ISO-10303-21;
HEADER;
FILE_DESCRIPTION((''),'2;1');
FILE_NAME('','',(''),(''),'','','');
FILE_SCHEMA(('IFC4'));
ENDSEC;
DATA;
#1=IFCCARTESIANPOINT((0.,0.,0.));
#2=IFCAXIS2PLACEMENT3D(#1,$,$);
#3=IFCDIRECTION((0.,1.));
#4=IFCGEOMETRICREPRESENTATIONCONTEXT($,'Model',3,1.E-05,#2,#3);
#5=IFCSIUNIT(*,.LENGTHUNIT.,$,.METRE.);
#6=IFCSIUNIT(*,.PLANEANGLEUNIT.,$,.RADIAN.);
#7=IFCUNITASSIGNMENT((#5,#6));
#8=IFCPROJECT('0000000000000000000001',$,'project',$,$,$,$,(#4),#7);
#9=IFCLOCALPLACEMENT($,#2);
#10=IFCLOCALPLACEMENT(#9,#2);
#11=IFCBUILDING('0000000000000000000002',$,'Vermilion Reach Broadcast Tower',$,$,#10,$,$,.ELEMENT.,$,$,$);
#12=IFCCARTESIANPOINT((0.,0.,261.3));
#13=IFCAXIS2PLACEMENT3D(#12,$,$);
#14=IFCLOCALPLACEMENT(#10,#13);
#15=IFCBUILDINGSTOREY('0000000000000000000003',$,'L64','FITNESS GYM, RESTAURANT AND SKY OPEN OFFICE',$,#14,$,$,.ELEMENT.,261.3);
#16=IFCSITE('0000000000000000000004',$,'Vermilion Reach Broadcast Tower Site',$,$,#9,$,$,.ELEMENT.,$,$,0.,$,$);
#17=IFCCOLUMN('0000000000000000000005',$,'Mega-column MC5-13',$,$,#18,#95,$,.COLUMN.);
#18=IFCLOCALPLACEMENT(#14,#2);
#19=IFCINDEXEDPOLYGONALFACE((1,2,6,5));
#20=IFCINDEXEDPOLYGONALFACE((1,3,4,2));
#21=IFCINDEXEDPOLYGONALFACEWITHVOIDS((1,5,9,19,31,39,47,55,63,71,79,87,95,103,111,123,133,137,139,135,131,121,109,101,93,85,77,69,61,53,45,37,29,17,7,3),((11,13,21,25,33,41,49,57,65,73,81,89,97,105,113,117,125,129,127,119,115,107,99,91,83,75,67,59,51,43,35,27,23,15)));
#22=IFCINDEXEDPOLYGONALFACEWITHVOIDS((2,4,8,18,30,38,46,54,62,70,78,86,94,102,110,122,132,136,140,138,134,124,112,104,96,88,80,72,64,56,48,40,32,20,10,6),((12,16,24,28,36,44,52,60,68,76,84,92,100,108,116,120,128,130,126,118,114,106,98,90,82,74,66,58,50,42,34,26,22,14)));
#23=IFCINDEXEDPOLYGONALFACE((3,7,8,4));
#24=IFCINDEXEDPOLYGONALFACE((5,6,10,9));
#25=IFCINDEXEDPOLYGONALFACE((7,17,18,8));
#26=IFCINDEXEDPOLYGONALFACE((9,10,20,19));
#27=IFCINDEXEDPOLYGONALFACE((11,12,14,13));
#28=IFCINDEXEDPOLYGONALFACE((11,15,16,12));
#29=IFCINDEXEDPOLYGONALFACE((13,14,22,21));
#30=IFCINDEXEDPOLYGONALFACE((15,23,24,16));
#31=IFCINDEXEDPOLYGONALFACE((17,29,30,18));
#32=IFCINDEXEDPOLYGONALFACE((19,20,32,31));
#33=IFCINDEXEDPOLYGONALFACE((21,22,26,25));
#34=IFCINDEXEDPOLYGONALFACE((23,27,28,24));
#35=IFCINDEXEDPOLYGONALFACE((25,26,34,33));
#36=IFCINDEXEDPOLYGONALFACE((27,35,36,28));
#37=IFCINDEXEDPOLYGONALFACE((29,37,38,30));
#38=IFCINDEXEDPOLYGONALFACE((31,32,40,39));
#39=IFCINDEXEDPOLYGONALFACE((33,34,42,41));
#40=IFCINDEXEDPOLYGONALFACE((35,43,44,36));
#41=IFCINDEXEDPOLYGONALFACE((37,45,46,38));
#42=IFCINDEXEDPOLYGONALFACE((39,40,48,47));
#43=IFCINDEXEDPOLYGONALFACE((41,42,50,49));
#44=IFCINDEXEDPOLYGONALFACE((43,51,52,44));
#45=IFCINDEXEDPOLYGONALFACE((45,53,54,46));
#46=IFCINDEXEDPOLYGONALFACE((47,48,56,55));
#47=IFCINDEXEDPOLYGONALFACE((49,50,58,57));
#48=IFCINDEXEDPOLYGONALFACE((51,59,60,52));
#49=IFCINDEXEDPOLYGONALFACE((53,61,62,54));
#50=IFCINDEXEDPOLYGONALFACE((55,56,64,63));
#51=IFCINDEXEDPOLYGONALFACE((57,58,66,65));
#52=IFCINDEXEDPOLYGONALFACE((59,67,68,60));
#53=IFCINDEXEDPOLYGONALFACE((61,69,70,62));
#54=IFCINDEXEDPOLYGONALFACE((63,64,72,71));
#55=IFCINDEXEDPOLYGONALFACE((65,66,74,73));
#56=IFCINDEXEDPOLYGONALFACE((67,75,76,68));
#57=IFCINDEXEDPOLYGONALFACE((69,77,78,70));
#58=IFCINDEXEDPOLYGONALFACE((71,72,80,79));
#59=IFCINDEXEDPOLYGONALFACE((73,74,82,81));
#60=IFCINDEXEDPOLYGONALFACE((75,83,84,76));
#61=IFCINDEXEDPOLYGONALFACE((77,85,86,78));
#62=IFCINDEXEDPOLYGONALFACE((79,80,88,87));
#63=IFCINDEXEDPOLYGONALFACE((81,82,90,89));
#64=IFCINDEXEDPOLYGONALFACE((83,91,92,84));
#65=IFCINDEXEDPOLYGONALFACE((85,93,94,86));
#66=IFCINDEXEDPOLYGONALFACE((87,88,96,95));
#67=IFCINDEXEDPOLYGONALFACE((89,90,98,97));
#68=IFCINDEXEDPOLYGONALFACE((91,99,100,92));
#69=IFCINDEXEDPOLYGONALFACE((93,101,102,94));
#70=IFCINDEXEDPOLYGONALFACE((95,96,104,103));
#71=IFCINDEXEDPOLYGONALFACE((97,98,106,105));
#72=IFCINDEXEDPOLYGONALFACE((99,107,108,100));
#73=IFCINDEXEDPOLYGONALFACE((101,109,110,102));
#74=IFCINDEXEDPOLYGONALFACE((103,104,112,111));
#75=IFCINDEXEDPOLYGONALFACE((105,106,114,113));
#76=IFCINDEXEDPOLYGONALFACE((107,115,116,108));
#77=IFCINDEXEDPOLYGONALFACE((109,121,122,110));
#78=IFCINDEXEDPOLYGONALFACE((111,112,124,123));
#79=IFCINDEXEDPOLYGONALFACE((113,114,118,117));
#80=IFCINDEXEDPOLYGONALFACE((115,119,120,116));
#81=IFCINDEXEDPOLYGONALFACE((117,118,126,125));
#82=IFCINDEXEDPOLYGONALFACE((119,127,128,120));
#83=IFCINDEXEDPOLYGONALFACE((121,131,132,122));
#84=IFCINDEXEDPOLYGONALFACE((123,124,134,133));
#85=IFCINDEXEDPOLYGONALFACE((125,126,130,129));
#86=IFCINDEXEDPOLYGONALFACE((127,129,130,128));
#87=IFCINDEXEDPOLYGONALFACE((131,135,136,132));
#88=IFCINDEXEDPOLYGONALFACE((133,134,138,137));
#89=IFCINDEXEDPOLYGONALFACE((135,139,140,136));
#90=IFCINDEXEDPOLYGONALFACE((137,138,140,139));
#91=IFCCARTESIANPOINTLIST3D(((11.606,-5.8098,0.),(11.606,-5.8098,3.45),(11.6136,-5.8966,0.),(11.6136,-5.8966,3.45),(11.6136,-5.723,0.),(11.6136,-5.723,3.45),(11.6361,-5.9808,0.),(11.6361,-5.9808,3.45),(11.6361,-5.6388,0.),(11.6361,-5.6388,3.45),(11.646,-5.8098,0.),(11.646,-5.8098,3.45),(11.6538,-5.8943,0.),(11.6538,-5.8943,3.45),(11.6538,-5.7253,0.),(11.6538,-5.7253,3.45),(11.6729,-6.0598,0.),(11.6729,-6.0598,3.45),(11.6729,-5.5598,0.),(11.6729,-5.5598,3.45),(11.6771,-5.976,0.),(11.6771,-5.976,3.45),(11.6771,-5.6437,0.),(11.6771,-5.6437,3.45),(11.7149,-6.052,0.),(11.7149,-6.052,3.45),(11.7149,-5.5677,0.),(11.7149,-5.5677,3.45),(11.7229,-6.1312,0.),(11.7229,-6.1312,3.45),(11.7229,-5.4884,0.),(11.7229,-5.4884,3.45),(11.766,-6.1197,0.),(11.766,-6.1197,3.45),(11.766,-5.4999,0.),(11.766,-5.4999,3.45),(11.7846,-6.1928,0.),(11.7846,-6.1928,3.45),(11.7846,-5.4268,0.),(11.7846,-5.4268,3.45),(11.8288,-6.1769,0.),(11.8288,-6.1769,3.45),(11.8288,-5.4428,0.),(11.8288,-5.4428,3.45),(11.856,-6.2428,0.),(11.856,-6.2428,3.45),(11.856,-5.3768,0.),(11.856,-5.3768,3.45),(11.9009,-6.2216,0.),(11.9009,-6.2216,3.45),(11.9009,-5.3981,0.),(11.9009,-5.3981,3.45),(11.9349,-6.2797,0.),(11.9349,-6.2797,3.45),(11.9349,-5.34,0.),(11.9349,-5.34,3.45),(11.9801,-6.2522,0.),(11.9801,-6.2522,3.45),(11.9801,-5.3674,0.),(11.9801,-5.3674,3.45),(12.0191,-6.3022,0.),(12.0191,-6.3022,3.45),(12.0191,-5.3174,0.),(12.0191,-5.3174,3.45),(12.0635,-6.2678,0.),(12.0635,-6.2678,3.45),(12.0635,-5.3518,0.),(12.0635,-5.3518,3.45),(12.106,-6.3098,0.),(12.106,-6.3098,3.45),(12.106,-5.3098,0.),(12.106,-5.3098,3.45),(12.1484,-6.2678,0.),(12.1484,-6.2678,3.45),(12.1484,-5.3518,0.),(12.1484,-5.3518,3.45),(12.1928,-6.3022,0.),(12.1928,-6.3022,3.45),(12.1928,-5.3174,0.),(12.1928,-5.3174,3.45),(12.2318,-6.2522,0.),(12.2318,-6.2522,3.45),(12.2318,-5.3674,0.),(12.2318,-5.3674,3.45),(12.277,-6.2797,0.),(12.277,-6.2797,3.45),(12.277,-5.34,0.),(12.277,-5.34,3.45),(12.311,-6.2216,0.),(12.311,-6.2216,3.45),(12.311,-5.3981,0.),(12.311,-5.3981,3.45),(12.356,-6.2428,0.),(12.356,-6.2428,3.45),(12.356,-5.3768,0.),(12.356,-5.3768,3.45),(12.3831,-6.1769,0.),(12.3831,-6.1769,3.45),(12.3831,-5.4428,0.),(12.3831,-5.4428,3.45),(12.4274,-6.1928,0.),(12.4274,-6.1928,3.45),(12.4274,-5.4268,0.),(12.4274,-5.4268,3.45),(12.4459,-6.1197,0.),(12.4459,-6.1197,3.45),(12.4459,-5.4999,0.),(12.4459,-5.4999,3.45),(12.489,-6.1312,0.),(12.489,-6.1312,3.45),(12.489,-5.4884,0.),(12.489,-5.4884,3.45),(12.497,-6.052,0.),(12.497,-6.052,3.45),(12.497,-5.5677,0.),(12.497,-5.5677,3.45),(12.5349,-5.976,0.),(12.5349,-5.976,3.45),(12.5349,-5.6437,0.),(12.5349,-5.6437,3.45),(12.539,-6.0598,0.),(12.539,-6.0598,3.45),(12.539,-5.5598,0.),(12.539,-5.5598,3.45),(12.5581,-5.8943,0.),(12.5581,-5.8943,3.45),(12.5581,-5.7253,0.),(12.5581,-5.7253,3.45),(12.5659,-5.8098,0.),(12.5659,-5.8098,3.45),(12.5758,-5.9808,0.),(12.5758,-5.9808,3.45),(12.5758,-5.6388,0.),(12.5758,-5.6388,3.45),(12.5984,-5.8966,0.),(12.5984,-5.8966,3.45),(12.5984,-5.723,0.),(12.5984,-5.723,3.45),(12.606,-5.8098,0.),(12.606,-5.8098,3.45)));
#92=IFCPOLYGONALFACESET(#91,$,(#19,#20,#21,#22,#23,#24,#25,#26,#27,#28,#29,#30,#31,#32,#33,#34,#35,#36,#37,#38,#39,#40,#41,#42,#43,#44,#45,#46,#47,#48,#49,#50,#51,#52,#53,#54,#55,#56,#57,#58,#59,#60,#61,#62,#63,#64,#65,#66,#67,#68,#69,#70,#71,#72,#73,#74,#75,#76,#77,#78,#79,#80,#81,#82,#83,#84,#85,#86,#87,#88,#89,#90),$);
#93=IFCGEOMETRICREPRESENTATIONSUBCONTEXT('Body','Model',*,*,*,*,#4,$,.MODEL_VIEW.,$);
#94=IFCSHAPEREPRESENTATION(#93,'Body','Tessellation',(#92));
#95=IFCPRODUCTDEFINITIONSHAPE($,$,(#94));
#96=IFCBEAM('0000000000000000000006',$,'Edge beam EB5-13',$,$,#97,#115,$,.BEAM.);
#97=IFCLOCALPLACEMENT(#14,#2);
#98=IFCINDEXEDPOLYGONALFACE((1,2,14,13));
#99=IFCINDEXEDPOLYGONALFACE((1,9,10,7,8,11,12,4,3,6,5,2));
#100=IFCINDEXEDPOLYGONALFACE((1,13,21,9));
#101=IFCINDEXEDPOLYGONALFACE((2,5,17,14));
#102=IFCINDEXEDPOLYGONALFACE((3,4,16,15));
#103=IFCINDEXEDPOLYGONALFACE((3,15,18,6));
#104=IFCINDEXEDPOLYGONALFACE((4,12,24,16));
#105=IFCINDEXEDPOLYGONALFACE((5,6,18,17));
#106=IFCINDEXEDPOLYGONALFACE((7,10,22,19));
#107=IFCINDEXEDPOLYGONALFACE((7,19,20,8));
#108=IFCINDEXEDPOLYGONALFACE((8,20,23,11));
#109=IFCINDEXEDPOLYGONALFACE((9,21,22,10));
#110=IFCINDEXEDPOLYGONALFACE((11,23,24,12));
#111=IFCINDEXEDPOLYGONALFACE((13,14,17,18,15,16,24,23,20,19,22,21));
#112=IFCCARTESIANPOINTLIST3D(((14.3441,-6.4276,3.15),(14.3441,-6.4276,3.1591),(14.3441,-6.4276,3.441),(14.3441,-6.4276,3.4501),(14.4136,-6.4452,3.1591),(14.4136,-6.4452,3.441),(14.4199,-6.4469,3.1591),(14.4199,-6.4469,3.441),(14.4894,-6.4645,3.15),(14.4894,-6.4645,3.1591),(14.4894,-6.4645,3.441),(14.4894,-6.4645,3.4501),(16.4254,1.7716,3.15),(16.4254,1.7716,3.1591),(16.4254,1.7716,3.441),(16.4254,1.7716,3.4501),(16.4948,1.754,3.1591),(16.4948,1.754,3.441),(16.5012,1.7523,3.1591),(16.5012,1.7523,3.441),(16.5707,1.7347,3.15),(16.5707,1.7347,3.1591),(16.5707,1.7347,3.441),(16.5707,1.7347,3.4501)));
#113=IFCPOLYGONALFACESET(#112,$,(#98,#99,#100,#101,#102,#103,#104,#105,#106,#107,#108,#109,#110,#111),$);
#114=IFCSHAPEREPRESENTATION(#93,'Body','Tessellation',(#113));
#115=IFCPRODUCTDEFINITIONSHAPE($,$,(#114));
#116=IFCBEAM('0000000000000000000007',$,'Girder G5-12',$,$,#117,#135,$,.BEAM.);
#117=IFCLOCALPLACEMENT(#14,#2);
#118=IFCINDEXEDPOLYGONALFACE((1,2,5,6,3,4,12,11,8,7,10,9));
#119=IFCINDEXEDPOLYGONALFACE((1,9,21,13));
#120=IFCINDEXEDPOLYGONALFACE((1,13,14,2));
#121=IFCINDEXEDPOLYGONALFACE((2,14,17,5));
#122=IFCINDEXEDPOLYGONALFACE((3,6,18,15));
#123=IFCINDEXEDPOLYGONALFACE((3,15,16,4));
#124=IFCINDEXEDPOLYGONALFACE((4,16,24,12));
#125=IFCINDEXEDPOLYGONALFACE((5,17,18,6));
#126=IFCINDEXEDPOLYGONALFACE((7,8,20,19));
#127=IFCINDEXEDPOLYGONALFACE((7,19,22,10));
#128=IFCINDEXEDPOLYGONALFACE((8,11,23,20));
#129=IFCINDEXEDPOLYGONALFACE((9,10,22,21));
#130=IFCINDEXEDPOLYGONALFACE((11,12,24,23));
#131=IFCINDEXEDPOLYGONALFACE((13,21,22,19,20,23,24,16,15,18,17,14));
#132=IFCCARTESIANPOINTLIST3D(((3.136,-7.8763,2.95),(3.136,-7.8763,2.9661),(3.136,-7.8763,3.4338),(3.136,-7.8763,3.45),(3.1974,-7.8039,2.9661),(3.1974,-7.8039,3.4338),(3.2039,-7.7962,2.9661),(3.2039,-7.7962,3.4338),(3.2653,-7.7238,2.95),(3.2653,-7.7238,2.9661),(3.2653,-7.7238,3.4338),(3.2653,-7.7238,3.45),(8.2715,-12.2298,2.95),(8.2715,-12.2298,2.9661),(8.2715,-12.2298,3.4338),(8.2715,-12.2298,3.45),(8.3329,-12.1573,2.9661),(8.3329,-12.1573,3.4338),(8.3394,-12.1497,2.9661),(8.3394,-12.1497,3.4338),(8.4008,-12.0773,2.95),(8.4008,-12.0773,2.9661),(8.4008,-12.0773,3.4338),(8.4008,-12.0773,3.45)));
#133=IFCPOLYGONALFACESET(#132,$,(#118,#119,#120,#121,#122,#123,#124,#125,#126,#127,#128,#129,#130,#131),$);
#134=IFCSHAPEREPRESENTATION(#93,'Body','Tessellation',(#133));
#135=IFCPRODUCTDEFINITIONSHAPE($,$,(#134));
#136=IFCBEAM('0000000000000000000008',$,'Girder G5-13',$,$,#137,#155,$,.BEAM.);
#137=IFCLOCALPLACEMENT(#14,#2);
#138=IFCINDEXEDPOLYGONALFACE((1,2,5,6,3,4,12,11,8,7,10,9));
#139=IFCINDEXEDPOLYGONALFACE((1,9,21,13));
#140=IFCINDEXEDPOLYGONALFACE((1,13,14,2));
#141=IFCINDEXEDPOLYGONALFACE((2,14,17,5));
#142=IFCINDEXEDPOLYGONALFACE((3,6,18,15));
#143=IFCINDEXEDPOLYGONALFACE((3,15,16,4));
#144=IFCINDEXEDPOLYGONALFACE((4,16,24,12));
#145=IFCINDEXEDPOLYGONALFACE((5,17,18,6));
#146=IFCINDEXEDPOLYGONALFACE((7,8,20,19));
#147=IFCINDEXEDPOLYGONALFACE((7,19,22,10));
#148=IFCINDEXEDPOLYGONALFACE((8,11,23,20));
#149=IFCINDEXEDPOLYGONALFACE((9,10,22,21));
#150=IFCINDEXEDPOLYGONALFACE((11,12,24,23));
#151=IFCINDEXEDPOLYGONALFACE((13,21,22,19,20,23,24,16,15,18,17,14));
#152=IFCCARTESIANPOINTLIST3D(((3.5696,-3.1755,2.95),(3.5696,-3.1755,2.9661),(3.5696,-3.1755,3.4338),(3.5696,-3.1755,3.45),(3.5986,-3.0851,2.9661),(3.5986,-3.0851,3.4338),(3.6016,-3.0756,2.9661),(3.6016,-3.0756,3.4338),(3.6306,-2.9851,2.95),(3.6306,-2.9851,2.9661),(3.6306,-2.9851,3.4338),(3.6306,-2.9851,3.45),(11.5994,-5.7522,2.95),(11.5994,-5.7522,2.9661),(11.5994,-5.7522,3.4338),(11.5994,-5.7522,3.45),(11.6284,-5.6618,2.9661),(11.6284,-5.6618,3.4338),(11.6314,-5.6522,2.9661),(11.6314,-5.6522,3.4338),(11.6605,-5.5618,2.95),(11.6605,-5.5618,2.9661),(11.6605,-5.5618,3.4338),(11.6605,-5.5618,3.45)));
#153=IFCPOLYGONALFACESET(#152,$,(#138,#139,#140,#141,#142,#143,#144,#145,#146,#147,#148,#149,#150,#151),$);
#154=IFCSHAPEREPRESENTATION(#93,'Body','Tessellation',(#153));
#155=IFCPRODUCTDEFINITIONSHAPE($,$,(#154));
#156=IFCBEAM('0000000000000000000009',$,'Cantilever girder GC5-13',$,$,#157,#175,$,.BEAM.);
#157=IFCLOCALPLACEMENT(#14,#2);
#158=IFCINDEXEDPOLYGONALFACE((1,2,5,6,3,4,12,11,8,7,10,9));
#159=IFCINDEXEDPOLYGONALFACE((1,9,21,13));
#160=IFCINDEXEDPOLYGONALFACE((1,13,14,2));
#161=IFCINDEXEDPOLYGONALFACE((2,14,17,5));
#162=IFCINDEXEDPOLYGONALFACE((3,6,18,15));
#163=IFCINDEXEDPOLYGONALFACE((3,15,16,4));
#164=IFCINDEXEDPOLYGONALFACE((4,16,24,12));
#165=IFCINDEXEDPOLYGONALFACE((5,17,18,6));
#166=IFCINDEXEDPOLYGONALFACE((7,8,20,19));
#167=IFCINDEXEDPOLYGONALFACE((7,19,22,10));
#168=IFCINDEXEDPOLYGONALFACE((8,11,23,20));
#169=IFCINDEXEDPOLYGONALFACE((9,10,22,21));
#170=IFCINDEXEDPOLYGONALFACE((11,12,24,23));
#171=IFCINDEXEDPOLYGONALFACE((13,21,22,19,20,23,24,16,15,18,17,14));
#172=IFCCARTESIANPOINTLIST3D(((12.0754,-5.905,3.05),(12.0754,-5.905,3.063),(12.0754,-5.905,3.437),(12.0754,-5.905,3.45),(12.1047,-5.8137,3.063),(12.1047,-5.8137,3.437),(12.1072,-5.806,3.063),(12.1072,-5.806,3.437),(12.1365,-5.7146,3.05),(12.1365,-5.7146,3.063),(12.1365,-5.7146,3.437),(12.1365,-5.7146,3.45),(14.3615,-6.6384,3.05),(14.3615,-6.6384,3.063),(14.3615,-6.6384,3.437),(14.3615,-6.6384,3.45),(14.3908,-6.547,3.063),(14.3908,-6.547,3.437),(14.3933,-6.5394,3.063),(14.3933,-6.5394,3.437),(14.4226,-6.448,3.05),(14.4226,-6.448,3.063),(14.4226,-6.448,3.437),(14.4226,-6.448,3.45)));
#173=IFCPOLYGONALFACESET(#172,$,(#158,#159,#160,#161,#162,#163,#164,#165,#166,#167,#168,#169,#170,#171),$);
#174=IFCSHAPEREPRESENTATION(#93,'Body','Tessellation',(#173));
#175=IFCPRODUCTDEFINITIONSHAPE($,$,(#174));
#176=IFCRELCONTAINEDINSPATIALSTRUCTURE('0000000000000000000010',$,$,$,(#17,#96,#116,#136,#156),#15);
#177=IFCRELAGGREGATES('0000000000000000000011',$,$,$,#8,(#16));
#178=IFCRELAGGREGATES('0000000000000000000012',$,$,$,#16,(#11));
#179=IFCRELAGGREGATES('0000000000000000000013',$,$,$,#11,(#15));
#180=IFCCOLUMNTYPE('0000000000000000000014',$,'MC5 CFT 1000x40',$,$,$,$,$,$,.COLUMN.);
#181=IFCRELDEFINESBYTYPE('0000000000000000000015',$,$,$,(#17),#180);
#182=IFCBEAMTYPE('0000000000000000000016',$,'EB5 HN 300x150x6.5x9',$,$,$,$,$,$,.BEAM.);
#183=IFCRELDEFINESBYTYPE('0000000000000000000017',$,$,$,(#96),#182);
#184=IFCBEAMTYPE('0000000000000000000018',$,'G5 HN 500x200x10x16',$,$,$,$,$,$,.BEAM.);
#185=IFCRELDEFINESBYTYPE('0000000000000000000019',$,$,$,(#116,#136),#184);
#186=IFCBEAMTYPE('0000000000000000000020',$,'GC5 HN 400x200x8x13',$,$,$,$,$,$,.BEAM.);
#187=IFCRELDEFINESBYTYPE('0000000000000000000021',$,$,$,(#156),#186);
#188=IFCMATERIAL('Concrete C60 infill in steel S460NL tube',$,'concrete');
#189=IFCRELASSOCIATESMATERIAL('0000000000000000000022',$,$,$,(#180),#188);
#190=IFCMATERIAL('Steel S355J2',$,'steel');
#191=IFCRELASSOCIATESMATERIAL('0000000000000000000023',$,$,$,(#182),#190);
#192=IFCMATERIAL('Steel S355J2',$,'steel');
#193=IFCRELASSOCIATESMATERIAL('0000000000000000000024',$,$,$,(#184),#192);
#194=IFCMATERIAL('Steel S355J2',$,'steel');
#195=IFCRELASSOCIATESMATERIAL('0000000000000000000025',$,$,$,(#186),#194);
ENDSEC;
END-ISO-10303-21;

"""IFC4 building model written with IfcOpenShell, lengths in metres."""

from ifc_helpers import new_model, si_unit, direction, frame, origin, origin_2d, place, context, subcontext, project, spatial, hollow_circle, i_section, extrude, material, material_profile, profile_set, type_object, element, save


model = new_model("IFC4")

# Units and contexts
model_context = context("Model", 3, precision=1e-05, world=origin(), true_north=direction((0.0, 1.0)))
body_context = subcontext(model_context, "Body", "Model", "MODEL_VIEW")
ifc_project = project(units=[si_unit("LENGTHUNIT", "METRE"), si_unit("PLANEANGLEUNIT", "RADIAN")], contexts=[model_context])

# Site, building, storey
site_placement = place(None, origin())
site = spatial("IfcSite", under=ifc_project, at=site_placement, Name="Vermilion Reach Broadcast Tower Site", CompositionType="ELEMENT", RefElevation=0.0)
building_placement = place(site_placement, origin())
building = spatial("IfcBuilding", under=site, at=building_placement, Name="Vermilion Reach Broadcast Tower", CompositionType="ELEMENT")
storey_placement = place(building_placement, frame((0.0, 0.0, 261.3)))
storey = spatial("IfcBuildingStorey", under=building, at=storey_placement, Name="L64", Description="FITNESS GYM, RESTAURANT AND SKY OPEN OFFICE", CompositionType="ELEMENT", Elevation=261.3)

# Column
ifc_material_1 = material(Name="Concrete C60 infill in steel S460NL tube", Category="concrete")
ifc_material_profile_1 = material_profile(ifc_material_1, hollow_circle(Radius=0.5, WallThickness=0.04, at=origin_2d()), Name="Concrete C60 infill in steel S460NL tube CFT 1000x40")
ifc_profile_set_1 = profile_set([ifc_material_profile_1], Name="Concrete C60 infill in steel S460NL tube")
column_type = type_object("IfcColumnType", Name="MC5 CFT 1000x40", PredefinedType="COLUMN", material=ifc_profile_set_1)
column_placement = place(storey_placement, frame((12.106, -5.8098, 0.0), z_axis=(0.0, 0.0, 1.0), x_axis=(1.0, 0.0, 0.0)))
element("IfcColumn", 1, at=column_placement, inside=storey, type_object=column_type, Name="Mega-column MC5-13", PredefinedType="COLUMN", context=body_context, shape_type="SweptSolid", body=[
    extrude(hollow_circle(Radius=0.5, WallThickness=0.04, at=origin_2d()), origin(), (0.0, 0.0, 1.0), 3.45),
])

# Beams
ifc_material_2 = material(Name="Steel S355J2", Category="steel")
ifc_material_profile_2 = material_profile(ifc_material_2, i_section(OverallWidth=0.1499, OverallDepth=0.3, WebThickness=0.0066, FlangeThickness=0.009, at=origin_2d()), Name="S355J2 HN 300x150x6.5x9")
ifc_profile_set_2 = profile_set([ifc_material_profile_2], Name="Steel S355J2")
beam_type_1 = type_object("IfcBeamType", Name="EB5 HN 300x150x6.5x9", PredefinedType="BEAM", material=ifc_profile_set_2)
beam_1_placement = place(storey_placement, frame((14.4167, -6.446, 3.3), z_axis=(0.246038, 0.96926, 0.0), x_axis=(-0.96926, 0.246038, 0.0)))
element("IfcBeam", 2, at=beam_1_placement, inside=storey, type_object=beam_type_1, Name="Edge beam EB5-13", PredefinedType="BEAM", context=body_context, shape_type="SweptSolid", body=[
    extrude(i_section(OverallWidth=0.1499, OverallDepth=0.3, WebThickness=0.0066, FlangeThickness=0.009, at=origin_2d()), origin(), (0.0, 0.0, 1.0), 8.4592),
])
ifc_material_3 = material(Name="Steel S355J2", Category="steel")
ifc_material_profile_3 = material_profile(ifc_material_3, i_section(OverallWidth=0.2, OverallDepth=0.5, WebThickness=0.01, FlangeThickness=0.0161, at=origin_2d()), Name="S355J2 HN 500x200x10x16")
ifc_profile_set_3 = profile_set([ifc_material_profile_3], Name="Steel S355J2")
beam_type_2 = type_object("IfcBeamType", Name="G5 HN 500x200x10x16", PredefinedType="BEAM", material=ifc_profile_set_3)
beam_2_placement = place(storey_placement, frame((3.2007, -7.8, 3.2), z_axis=(0.762793, -0.646643, 0.0), x_axis=(0.646643, 0.762793, 0.0)))
element("IfcBeam", 3, at=beam_2_placement, inside=storey, type_object=beam_type_2, Name="Girder G5-12", PredefinedType="BEAM", context=body_context, shape_type="SweptSolid", body=[
    extrude(i_section(OverallWidth=0.2, OverallDepth=0.5, WebThickness=0.01, FlangeThickness=0.0161, at=origin_2d()), origin(), (0.0, 0.0, 1.0), 6.7324),
])
beam_3_placement = place(storey_placement, frame((3.6001, -3.0803, 3.2), z_axis=(0.952178, -0.305542, 0.0), x_axis=(0.305542, 0.952178, 0.0)))
element("IfcBeam", 4, at=beam_3_placement, inside=storey, type_object=beam_type_2, Name="Girder G5-13", PredefinedType="BEAM", context=body_context, shape_type="SweptSolid", body=[
    extrude(i_section(OverallWidth=0.2, OverallDepth=0.5, WebThickness=0.01, FlangeThickness=0.0161, at=origin_2d()), origin(), (0.0, 0.0, 1.0), 8.4331),
])
ifc_material_4 = material(Name="Steel S355J2", Category="steel")
ifc_material_profile_4 = material_profile(ifc_material_4, i_section(OverallWidth=0.2, OverallDepth=0.3999, WebThickness=0.0081, FlangeThickness=0.0129, at=origin_2d()), Name="S355J2 HN 400x200x8x13")
ifc_profile_set_4 = profile_set([ifc_material_profile_4], Name="Steel S355J2")
beam_type_3 = type_object("IfcBeamType", Name="GC5 HN 400x200x8x13", PredefinedType="BEAM", material=ifc_profile_set_4)
beam_4_placement = place(storey_placement, frame((12.106, -5.8098, 3.25), z_axis=(0.952202, -0.305469, 0.0), x_axis=(0.305469, 0.952202, 0.0)))
element("IfcBeam", 5, at=beam_4_placement, inside=storey, type_object=beam_type_3, Name="Cantilever girder GC5-13", PredefinedType="BEAM", context=body_context, shape_type="SweptSolid", body=[
    extrude(i_section(OverallWidth=0.2, OverallDepth=0.3999, WebThickness=0.0081, FlangeThickness=0.0129, at=origin_2d()), origin(), (0.0, 0.0, 1.0), 2.4009),
])

save(model, "model.ifc")
